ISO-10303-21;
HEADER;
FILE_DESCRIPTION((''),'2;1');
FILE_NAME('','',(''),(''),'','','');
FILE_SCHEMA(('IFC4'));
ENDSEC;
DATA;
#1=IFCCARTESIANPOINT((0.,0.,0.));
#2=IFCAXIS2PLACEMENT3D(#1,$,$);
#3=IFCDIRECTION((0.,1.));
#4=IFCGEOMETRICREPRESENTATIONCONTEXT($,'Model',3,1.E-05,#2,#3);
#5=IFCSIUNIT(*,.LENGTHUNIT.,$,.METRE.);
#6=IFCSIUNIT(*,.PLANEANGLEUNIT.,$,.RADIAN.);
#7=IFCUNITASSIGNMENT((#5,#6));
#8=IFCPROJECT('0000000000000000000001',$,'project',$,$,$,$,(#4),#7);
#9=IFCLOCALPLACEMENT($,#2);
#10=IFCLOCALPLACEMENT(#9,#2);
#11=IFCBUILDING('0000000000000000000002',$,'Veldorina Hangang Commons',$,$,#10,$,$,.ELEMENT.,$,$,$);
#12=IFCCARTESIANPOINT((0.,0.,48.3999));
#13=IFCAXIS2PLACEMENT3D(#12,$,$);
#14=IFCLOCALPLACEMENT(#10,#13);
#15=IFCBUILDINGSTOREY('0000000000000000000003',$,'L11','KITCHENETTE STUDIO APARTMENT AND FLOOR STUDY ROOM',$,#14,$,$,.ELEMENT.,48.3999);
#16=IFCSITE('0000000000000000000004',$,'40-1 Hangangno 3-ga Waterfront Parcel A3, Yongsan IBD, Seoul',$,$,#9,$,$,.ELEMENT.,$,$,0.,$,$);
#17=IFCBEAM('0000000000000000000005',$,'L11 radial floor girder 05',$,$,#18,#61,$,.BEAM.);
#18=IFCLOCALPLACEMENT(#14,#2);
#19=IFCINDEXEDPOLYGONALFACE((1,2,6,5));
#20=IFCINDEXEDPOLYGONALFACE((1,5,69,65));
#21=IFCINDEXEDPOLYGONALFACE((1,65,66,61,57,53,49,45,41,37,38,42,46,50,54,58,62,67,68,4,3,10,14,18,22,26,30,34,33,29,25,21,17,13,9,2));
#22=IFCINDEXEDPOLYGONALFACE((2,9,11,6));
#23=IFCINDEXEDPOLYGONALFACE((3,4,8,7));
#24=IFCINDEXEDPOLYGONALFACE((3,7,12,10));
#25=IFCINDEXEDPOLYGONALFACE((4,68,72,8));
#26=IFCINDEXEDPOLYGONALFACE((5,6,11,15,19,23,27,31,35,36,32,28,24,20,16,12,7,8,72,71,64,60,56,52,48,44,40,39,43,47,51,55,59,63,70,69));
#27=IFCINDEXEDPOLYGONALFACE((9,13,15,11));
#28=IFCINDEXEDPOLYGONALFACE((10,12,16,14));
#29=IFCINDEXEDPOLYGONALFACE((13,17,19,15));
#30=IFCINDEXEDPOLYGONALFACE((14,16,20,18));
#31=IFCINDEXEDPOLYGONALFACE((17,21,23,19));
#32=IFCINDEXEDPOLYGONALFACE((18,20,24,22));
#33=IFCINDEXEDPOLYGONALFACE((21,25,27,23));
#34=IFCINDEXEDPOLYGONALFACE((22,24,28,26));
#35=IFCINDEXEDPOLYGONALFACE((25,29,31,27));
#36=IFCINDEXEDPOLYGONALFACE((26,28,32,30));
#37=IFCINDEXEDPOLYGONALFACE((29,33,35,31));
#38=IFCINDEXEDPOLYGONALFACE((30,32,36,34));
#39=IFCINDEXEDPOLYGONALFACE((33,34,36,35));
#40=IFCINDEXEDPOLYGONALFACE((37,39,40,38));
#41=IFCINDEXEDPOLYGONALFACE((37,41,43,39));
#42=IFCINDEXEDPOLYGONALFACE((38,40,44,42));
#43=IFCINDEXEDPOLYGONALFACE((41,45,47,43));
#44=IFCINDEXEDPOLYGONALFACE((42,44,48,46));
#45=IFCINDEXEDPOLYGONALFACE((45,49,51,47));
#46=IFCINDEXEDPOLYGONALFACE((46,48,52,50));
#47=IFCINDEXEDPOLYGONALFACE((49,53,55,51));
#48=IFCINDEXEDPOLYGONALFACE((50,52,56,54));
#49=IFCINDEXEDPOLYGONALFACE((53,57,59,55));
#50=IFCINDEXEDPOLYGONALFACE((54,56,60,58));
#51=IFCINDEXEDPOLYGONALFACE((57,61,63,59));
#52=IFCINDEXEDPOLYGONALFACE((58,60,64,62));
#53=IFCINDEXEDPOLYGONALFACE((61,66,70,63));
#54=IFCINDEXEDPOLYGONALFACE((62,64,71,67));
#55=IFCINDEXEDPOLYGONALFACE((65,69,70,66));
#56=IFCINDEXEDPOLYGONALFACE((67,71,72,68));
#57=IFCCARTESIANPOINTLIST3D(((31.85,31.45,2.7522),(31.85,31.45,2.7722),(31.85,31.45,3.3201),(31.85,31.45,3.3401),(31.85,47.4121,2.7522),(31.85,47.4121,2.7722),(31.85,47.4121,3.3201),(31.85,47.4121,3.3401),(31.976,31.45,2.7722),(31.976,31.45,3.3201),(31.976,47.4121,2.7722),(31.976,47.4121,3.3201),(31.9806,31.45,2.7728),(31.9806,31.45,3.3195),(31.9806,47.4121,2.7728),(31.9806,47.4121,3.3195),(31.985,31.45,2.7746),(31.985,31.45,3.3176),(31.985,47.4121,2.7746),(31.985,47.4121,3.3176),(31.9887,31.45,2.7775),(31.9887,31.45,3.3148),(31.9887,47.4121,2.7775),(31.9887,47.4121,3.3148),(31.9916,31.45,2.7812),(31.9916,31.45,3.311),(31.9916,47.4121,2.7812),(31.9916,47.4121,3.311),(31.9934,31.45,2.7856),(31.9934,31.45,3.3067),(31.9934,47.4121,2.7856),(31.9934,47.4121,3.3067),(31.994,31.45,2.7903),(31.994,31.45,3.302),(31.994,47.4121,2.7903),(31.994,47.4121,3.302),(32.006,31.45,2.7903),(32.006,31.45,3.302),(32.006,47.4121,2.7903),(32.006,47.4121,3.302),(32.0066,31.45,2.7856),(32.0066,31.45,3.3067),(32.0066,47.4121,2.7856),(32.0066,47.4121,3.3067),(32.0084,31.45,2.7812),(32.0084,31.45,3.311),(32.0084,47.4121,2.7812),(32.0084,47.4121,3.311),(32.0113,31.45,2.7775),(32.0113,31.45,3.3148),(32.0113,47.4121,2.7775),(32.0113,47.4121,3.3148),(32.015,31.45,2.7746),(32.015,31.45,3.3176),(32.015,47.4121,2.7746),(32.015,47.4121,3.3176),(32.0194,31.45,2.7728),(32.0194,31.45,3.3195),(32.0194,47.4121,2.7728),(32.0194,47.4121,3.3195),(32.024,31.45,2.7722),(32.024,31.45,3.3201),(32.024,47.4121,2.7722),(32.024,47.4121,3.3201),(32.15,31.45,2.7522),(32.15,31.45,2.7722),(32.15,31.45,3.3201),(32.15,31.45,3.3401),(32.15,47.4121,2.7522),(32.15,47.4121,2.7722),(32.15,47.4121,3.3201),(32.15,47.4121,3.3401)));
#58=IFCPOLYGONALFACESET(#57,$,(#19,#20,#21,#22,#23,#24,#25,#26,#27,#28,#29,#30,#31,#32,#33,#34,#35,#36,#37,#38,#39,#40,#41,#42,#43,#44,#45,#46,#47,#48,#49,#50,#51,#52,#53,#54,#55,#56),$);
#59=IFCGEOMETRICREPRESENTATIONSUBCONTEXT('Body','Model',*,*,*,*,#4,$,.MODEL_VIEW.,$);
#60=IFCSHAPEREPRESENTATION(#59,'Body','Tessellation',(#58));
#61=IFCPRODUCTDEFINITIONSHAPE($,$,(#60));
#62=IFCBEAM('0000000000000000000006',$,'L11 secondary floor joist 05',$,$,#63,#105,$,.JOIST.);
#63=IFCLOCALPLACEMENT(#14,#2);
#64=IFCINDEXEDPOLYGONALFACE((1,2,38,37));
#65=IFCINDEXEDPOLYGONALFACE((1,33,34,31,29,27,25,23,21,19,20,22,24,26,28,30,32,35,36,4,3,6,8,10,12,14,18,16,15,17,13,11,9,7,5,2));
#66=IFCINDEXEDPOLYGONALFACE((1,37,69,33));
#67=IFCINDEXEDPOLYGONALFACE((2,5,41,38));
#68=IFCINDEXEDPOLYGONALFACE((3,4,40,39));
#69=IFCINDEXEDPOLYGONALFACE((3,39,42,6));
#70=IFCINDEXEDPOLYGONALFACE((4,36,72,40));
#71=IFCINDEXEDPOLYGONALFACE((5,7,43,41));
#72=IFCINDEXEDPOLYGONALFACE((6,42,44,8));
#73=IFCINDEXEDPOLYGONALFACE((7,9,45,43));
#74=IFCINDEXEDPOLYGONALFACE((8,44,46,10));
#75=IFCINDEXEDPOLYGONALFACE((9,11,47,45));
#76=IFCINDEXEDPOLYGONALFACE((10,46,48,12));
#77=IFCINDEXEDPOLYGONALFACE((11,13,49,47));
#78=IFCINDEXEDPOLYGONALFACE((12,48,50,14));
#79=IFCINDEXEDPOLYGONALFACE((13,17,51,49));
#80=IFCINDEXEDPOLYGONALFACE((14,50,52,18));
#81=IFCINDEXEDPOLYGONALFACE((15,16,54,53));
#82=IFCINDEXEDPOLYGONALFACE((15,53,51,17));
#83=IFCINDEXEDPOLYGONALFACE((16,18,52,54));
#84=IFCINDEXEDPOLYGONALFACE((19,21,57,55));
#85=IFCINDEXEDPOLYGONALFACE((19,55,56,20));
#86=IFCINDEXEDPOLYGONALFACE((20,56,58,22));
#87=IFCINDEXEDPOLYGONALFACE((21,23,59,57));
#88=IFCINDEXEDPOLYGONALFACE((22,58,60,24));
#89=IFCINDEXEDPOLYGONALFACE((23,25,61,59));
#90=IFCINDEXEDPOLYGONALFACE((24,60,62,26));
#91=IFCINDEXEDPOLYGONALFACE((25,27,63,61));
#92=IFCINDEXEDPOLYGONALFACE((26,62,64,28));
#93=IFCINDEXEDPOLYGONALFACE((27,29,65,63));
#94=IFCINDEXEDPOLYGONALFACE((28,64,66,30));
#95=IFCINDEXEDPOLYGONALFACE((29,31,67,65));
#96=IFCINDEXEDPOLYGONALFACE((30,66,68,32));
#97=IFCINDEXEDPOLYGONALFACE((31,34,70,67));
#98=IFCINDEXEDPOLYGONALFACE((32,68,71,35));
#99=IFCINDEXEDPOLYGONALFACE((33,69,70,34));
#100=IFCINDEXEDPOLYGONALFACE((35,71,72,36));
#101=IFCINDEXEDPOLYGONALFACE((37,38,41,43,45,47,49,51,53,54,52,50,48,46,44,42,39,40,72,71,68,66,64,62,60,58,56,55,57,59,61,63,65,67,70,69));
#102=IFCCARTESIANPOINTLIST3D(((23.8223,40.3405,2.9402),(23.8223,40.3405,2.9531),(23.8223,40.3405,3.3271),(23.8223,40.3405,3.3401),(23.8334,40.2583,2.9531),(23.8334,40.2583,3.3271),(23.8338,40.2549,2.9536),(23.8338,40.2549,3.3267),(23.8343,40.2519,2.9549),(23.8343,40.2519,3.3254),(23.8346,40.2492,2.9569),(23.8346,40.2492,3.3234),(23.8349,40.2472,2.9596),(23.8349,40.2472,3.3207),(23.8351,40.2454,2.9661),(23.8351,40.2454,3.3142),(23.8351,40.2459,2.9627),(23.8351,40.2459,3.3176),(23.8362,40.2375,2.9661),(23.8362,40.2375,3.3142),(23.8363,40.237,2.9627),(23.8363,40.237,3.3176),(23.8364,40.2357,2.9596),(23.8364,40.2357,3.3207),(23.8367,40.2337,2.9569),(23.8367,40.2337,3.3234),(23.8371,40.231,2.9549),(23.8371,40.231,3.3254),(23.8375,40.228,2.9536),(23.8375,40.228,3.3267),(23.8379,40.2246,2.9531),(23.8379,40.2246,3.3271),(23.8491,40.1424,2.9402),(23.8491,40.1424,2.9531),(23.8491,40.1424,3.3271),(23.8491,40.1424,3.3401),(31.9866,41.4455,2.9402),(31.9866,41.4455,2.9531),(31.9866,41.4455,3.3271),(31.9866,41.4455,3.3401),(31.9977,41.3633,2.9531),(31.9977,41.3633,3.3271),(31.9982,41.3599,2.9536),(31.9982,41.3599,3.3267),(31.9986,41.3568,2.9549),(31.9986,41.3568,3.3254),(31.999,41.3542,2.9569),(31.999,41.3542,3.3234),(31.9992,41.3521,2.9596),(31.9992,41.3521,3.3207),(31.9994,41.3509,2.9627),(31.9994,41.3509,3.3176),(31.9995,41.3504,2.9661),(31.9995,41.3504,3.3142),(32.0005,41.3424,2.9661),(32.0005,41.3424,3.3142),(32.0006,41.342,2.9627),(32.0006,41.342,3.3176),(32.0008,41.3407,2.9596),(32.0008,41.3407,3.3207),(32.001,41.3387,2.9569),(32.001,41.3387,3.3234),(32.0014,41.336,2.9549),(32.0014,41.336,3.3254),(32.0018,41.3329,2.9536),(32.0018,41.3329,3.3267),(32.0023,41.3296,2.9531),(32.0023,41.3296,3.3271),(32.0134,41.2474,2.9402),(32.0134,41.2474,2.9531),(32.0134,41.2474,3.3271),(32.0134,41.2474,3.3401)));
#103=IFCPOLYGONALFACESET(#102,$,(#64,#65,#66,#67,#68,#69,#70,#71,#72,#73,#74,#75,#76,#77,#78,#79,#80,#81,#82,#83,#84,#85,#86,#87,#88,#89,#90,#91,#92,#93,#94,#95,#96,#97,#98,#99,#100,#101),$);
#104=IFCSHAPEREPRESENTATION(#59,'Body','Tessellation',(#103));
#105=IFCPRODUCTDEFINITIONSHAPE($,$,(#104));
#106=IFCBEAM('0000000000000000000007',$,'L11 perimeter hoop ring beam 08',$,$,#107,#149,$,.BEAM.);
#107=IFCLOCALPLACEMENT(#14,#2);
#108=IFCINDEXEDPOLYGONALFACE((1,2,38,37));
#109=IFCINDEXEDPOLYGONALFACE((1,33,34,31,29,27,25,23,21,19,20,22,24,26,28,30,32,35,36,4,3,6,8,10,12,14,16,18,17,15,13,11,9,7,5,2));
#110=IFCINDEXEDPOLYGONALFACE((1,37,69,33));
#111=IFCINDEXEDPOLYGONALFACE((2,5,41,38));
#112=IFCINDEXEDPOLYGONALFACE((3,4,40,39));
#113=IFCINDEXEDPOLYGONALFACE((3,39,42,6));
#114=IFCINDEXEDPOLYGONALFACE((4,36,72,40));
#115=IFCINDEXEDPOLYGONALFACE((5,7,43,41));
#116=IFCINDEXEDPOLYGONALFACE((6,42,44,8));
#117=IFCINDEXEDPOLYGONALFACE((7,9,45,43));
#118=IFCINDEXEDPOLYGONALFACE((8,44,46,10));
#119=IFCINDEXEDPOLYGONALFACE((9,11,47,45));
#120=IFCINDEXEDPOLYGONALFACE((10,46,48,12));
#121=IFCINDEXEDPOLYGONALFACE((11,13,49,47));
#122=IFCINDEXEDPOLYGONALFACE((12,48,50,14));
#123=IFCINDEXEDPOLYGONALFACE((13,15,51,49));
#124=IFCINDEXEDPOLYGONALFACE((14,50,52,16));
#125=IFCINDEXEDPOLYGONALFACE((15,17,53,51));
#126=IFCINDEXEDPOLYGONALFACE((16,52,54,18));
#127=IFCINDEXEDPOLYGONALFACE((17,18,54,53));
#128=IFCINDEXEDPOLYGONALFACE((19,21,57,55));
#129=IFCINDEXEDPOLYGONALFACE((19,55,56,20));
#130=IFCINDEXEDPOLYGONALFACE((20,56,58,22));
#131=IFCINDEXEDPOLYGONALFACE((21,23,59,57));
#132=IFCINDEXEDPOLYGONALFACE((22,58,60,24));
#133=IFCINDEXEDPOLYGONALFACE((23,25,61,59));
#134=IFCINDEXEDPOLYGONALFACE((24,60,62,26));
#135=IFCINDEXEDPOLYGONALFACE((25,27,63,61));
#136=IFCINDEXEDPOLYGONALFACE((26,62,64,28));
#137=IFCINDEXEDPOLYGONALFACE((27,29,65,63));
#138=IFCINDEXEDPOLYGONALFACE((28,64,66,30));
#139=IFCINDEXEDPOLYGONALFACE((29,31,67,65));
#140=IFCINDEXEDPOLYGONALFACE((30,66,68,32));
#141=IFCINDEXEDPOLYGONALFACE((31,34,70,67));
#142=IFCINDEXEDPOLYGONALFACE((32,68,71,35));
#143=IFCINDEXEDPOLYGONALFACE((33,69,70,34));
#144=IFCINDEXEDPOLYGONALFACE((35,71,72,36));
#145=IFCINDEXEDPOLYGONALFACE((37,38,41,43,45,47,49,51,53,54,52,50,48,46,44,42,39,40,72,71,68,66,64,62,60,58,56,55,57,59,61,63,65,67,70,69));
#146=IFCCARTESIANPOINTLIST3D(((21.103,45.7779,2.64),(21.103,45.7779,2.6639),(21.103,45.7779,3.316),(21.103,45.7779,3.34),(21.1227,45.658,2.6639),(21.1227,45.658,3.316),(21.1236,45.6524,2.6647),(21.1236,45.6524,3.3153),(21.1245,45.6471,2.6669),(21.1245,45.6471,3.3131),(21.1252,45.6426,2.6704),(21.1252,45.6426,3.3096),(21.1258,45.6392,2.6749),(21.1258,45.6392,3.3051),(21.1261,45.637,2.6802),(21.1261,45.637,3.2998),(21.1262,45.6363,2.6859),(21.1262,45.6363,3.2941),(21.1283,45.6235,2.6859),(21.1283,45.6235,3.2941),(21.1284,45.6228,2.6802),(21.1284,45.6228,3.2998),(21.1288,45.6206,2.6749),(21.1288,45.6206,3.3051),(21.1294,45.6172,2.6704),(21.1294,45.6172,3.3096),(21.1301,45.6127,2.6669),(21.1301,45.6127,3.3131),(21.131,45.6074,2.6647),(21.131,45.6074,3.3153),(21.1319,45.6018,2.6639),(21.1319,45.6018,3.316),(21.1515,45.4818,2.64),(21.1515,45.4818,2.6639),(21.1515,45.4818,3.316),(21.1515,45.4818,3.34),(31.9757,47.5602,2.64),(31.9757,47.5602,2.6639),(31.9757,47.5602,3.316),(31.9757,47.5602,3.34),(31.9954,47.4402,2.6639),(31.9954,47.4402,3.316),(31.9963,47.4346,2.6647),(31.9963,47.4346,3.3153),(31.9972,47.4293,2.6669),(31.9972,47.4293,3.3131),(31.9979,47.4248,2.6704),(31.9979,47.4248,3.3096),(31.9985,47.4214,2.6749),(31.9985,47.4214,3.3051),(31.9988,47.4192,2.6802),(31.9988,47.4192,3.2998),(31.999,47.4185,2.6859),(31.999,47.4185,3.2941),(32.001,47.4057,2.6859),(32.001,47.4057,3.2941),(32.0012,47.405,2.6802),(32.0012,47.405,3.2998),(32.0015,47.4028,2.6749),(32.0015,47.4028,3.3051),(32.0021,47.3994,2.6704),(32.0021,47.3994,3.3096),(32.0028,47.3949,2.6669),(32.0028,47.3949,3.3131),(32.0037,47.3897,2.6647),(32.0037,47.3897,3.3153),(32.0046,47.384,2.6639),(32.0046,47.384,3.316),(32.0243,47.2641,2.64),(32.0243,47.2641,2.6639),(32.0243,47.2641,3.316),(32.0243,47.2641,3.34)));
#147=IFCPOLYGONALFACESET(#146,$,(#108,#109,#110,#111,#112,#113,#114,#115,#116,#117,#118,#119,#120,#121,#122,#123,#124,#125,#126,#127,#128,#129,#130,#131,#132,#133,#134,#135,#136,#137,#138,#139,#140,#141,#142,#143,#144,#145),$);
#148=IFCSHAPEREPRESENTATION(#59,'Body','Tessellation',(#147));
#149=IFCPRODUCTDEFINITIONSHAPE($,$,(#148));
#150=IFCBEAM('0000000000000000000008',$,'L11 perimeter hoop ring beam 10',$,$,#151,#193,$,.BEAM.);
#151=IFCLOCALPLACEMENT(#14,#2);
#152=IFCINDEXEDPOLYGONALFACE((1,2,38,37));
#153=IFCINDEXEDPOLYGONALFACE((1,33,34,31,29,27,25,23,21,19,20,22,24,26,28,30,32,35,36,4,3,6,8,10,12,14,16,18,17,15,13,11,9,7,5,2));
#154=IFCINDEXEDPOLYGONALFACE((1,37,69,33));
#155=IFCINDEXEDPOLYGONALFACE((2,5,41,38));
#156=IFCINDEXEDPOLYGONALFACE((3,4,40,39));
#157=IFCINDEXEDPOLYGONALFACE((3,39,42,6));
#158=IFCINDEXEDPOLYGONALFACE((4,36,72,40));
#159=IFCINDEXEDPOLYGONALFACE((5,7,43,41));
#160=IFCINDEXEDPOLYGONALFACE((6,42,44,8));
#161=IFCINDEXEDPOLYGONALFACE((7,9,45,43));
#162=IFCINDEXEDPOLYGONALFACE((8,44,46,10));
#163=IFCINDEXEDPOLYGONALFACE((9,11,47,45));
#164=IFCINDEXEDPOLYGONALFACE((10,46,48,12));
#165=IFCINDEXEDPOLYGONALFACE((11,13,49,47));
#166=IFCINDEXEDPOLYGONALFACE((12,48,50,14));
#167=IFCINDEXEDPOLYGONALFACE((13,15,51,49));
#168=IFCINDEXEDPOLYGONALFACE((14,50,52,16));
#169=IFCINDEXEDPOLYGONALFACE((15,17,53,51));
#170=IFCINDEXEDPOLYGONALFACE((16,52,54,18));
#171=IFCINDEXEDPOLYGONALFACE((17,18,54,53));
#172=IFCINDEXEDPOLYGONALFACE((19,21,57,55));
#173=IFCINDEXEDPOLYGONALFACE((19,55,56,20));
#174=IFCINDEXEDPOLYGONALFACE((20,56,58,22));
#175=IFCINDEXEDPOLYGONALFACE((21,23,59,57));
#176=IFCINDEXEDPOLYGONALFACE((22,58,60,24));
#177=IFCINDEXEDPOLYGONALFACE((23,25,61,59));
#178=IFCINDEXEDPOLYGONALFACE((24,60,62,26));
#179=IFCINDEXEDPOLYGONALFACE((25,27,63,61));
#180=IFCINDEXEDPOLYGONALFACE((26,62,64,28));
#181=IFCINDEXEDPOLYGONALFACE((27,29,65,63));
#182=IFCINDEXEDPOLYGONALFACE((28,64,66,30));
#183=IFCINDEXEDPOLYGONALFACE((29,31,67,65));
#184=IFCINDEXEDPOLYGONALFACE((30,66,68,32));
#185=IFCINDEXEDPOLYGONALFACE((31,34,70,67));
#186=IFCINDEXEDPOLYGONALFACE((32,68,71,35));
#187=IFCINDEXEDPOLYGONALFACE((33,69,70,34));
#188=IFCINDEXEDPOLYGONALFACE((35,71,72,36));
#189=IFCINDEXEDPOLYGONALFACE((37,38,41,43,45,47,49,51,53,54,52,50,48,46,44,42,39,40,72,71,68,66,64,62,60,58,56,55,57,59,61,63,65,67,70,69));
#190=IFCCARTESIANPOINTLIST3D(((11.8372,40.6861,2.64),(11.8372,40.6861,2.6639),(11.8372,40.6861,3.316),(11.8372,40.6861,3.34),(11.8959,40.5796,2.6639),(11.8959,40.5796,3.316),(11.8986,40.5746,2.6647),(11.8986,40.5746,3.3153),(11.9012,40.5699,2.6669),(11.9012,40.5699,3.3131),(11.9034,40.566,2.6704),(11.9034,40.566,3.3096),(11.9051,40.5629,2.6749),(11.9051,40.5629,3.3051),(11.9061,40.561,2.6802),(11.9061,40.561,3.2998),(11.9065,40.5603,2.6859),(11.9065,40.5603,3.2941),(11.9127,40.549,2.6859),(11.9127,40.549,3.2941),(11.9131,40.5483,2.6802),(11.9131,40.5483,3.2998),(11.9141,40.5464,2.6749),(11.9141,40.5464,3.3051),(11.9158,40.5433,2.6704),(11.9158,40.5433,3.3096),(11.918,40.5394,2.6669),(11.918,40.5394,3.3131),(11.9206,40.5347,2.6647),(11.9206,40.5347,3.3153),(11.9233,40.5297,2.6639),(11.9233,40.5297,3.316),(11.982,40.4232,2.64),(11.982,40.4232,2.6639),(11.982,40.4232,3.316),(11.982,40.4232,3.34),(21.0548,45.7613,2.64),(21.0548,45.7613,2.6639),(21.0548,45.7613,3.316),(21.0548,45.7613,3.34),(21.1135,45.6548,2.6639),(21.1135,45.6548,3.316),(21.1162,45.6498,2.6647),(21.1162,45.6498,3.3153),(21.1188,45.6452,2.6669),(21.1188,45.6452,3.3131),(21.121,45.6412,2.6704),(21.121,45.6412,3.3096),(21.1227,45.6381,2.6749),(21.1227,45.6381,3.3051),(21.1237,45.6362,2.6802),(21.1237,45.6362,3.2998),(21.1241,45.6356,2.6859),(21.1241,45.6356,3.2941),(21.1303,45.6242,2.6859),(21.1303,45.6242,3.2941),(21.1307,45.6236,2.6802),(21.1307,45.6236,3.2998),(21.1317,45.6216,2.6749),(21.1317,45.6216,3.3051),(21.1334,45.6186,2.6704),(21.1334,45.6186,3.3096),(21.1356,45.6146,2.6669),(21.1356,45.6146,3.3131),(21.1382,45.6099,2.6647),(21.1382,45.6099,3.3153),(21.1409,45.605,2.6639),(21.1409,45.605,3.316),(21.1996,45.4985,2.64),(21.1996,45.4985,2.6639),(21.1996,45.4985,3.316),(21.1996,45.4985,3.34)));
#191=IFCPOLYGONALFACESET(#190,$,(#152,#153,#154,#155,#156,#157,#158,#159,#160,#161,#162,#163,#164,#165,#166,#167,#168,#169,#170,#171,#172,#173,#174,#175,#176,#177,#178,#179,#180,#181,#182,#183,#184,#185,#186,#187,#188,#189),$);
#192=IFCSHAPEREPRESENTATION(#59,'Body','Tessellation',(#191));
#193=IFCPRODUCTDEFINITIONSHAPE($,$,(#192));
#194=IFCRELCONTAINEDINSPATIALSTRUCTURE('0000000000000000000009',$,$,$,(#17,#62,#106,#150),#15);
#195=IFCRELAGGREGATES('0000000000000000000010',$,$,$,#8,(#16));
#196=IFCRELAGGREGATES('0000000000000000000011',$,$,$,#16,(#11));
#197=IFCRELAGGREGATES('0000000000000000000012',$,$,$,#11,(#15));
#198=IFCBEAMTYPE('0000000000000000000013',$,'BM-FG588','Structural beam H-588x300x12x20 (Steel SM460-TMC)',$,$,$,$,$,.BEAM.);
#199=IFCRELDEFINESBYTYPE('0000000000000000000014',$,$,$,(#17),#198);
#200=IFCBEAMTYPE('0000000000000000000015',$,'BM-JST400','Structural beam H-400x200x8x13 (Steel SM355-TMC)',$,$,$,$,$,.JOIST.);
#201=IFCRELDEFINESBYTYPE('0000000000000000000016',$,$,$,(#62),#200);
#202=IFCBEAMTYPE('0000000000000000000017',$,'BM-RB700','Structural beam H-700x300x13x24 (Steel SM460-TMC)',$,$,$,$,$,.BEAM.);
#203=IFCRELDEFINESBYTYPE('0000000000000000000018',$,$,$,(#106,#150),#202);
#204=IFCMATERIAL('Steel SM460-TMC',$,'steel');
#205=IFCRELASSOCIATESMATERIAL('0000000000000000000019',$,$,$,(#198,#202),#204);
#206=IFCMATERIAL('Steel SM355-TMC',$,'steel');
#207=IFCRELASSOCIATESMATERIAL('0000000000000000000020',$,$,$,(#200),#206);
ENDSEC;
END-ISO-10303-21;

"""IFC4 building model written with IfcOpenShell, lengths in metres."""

from ifc_helpers import new_model, si_unit, direction, frame, origin, origin_2d, place, context, subcontext, project, spatial, i_section, extrude, material, material_profile, profile_set, type_object, element, save


model = new_model("IFC4")

# Units and contexts
model_context = context("Model", 3, precision=1e-05, world=origin(), true_north=direction((0.0, 1.0)))
body_context = subcontext(model_context, "Body", "Model", "MODEL_VIEW")
ifc_project = project(units=[si_unit("LENGTHUNIT", "METRE"), si_unit("PLANEANGLEUNIT", "RADIAN")], contexts=[model_context])

# Site, building, storey
site_placement = place(None, origin())
site = spatial("IfcSite", under=ifc_project, at=site_placement, Name="40-1 Hangangno 3-ga Waterfront Parcel A3, Yongsan IBD, Seoul", CompositionType="ELEMENT", RefElevation=0.0)
building_placement = place(site_placement, origin())
building = spatial("IfcBuilding", under=site, at=building_placement, Name="Veldorina Hangang Commons", CompositionType="ELEMENT")
storey_placement = place(building_placement, frame((0.0, 0.0, 48.3999)))
storey = spatial("IfcBuildingStorey", under=building, at=storey_placement, Name="L11", Description="KITCHENETTE STUDIO APARTMENT AND FLOOR STUDY ROOM", CompositionType="ELEMENT", Elevation=48.3999)

# Beams
ifc_material_1 = material(Name="Steel SM460-TMC", Category="steel")
ifc_material_profile_1 = material_profile(ifc_material_1, i_section(OverallWidth=0.3, OverallDepth=0.5879, WebThickness=0.012, FlangeThickness=0.02, FilletRadius=0.0181, at=origin_2d()), Name="H-588x300x12x20")
ifc_profile_set_1 = profile_set([ifc_material_profile_1], Name="Steel SM460-TMC")
beam_type_1 = type_object("IfcBeamType", Name="BM-FG588", Description="Structural beam H-588x300x12x20 (Steel SM460-TMC)", PredefinedType="BEAM", material=ifc_profile_set_1)
beam_1_placement = place(storey_placement, frame((32.0, 31.45, 3.0461), z_axis=(0.0, 1.0, 0.0), x_axis=(-1.0, 0.0, 0.0)))
element("IfcBeam", 1, at=beam_1_placement, inside=storey, type_object=beam_type_1, Name="L11 radial floor girder 05", PredefinedType="BEAM", context=body_context, shape_type="SweptSolid", body=[
    extrude(i_section(OverallWidth=0.3, OverallDepth=0.5879, WebThickness=0.012, FlangeThickness=0.02, FilletRadius=0.0181, at=origin_2d()), origin(), (0.0, 0.0, 1.0), 15.9622),
])
ifc_material_2 = material(Name="Steel SM355-TMC", Category="steel")
ifc_material_profile_2 = material_profile(ifc_material_2, i_section(OverallWidth=0.2, OverallDepth=0.3999, WebThickness=0.0081, FlangeThickness=0.0129, FilletRadius=0.0129, at=origin_2d()), Name="H-400x200x8x13")
ifc_profile_set_2 = profile_set([ifc_material_profile_2], Name="Steel SM355-TMC")
beam_type_2 = type_object("IfcBeamType", Name="BM-JST400", Description="Structural beam H-400x200x8x13 (Steel SM355-TMC)", PredefinedType="JOIST", material=ifc_profile_set_2)
beam_2_placement = place(storey_placement, frame((32.0, 41.3464, 3.1401), z_axis=(-0.990965, -0.13412, 0.0), x_axis=(0.13412, -0.990965, 0.0)))
element("IfcBeam", 2, at=beam_2_placement, inside=storey, type_object=beam_type_2, Name="L11 secondary floor joist 05", PredefinedType="JOIST", context=body_context, shape_type="SweptSolid", body=[
    extrude(i_section(OverallWidth=0.2, OverallDepth=0.3999, WebThickness=0.0081, FlangeThickness=0.0129, FilletRadius=0.0129, at=origin_2d()), origin(), (0.0, 0.0, 1.0), 8.2388),
])
ifc_material_profile_3 = material_profile(ifc_material_1, i_section(OverallWidth=0.3, OverallDepth=0.7, WebThickness=0.0129, FlangeThickness=0.0239, FilletRadius=0.022, at=origin_2d()), Name="H-700x300x13x24")
ifc_profile_set_3 = profile_set([ifc_material_profile_3], Name="Steel SM460-TMC")
beam_type_3 = type_object("IfcBeamType", Name="BM-RB700", Description="Structural beam H-700x300x13x24 (Steel SM460-TMC)", PredefinedType="BEAM", material=ifc_profile_set_3)
beam_3_placement = place(storey_placement, frame((32.0, 47.4121, 2.99), z_axis=(-0.986831, -0.161757, 0.0), x_axis=(0.161757, -0.986831, 0.0)))
element("IfcBeam", 3, at=beam_3_placement, inside=storey, type_object=beam_type_3, Name="L11 perimeter hoop ring beam 08", PredefinedType="BEAM", context=body_context, shape_type="SweptSolid", body=[
    extrude(i_section(OverallWidth=0.3, OverallDepth=0.7, WebThickness=0.0129, FlangeThickness=0.0239, FilletRadius=0.022, at=origin_2d()), origin(), (0.0, 0.0, 1.0), 11.0178),
])
beam_4_placement = place(storey_placement, frame((21.1272, 45.6299, 2.99), z_axis=(-0.875993, -0.482324, 0.0), x_axis=(0.482324, -0.875993, 0.0)))
element("IfcBeam", 4, at=beam_4_placement, inside=storey, type_object=beam_type_3, Name="L11 perimeter hoop ring beam 10", PredefinedType="BEAM", context=body_context, shape_type="SweptSolid", body=[
    extrude(i_section(OverallWidth=0.3, OverallDepth=0.7, WebThickness=0.0129, FlangeThickness=0.0239, FilletRadius=0.022, at=origin_2d()), origin(), (0.0, 0.0, 1.0), 10.5225),
])

save(model, "model.ifc")
